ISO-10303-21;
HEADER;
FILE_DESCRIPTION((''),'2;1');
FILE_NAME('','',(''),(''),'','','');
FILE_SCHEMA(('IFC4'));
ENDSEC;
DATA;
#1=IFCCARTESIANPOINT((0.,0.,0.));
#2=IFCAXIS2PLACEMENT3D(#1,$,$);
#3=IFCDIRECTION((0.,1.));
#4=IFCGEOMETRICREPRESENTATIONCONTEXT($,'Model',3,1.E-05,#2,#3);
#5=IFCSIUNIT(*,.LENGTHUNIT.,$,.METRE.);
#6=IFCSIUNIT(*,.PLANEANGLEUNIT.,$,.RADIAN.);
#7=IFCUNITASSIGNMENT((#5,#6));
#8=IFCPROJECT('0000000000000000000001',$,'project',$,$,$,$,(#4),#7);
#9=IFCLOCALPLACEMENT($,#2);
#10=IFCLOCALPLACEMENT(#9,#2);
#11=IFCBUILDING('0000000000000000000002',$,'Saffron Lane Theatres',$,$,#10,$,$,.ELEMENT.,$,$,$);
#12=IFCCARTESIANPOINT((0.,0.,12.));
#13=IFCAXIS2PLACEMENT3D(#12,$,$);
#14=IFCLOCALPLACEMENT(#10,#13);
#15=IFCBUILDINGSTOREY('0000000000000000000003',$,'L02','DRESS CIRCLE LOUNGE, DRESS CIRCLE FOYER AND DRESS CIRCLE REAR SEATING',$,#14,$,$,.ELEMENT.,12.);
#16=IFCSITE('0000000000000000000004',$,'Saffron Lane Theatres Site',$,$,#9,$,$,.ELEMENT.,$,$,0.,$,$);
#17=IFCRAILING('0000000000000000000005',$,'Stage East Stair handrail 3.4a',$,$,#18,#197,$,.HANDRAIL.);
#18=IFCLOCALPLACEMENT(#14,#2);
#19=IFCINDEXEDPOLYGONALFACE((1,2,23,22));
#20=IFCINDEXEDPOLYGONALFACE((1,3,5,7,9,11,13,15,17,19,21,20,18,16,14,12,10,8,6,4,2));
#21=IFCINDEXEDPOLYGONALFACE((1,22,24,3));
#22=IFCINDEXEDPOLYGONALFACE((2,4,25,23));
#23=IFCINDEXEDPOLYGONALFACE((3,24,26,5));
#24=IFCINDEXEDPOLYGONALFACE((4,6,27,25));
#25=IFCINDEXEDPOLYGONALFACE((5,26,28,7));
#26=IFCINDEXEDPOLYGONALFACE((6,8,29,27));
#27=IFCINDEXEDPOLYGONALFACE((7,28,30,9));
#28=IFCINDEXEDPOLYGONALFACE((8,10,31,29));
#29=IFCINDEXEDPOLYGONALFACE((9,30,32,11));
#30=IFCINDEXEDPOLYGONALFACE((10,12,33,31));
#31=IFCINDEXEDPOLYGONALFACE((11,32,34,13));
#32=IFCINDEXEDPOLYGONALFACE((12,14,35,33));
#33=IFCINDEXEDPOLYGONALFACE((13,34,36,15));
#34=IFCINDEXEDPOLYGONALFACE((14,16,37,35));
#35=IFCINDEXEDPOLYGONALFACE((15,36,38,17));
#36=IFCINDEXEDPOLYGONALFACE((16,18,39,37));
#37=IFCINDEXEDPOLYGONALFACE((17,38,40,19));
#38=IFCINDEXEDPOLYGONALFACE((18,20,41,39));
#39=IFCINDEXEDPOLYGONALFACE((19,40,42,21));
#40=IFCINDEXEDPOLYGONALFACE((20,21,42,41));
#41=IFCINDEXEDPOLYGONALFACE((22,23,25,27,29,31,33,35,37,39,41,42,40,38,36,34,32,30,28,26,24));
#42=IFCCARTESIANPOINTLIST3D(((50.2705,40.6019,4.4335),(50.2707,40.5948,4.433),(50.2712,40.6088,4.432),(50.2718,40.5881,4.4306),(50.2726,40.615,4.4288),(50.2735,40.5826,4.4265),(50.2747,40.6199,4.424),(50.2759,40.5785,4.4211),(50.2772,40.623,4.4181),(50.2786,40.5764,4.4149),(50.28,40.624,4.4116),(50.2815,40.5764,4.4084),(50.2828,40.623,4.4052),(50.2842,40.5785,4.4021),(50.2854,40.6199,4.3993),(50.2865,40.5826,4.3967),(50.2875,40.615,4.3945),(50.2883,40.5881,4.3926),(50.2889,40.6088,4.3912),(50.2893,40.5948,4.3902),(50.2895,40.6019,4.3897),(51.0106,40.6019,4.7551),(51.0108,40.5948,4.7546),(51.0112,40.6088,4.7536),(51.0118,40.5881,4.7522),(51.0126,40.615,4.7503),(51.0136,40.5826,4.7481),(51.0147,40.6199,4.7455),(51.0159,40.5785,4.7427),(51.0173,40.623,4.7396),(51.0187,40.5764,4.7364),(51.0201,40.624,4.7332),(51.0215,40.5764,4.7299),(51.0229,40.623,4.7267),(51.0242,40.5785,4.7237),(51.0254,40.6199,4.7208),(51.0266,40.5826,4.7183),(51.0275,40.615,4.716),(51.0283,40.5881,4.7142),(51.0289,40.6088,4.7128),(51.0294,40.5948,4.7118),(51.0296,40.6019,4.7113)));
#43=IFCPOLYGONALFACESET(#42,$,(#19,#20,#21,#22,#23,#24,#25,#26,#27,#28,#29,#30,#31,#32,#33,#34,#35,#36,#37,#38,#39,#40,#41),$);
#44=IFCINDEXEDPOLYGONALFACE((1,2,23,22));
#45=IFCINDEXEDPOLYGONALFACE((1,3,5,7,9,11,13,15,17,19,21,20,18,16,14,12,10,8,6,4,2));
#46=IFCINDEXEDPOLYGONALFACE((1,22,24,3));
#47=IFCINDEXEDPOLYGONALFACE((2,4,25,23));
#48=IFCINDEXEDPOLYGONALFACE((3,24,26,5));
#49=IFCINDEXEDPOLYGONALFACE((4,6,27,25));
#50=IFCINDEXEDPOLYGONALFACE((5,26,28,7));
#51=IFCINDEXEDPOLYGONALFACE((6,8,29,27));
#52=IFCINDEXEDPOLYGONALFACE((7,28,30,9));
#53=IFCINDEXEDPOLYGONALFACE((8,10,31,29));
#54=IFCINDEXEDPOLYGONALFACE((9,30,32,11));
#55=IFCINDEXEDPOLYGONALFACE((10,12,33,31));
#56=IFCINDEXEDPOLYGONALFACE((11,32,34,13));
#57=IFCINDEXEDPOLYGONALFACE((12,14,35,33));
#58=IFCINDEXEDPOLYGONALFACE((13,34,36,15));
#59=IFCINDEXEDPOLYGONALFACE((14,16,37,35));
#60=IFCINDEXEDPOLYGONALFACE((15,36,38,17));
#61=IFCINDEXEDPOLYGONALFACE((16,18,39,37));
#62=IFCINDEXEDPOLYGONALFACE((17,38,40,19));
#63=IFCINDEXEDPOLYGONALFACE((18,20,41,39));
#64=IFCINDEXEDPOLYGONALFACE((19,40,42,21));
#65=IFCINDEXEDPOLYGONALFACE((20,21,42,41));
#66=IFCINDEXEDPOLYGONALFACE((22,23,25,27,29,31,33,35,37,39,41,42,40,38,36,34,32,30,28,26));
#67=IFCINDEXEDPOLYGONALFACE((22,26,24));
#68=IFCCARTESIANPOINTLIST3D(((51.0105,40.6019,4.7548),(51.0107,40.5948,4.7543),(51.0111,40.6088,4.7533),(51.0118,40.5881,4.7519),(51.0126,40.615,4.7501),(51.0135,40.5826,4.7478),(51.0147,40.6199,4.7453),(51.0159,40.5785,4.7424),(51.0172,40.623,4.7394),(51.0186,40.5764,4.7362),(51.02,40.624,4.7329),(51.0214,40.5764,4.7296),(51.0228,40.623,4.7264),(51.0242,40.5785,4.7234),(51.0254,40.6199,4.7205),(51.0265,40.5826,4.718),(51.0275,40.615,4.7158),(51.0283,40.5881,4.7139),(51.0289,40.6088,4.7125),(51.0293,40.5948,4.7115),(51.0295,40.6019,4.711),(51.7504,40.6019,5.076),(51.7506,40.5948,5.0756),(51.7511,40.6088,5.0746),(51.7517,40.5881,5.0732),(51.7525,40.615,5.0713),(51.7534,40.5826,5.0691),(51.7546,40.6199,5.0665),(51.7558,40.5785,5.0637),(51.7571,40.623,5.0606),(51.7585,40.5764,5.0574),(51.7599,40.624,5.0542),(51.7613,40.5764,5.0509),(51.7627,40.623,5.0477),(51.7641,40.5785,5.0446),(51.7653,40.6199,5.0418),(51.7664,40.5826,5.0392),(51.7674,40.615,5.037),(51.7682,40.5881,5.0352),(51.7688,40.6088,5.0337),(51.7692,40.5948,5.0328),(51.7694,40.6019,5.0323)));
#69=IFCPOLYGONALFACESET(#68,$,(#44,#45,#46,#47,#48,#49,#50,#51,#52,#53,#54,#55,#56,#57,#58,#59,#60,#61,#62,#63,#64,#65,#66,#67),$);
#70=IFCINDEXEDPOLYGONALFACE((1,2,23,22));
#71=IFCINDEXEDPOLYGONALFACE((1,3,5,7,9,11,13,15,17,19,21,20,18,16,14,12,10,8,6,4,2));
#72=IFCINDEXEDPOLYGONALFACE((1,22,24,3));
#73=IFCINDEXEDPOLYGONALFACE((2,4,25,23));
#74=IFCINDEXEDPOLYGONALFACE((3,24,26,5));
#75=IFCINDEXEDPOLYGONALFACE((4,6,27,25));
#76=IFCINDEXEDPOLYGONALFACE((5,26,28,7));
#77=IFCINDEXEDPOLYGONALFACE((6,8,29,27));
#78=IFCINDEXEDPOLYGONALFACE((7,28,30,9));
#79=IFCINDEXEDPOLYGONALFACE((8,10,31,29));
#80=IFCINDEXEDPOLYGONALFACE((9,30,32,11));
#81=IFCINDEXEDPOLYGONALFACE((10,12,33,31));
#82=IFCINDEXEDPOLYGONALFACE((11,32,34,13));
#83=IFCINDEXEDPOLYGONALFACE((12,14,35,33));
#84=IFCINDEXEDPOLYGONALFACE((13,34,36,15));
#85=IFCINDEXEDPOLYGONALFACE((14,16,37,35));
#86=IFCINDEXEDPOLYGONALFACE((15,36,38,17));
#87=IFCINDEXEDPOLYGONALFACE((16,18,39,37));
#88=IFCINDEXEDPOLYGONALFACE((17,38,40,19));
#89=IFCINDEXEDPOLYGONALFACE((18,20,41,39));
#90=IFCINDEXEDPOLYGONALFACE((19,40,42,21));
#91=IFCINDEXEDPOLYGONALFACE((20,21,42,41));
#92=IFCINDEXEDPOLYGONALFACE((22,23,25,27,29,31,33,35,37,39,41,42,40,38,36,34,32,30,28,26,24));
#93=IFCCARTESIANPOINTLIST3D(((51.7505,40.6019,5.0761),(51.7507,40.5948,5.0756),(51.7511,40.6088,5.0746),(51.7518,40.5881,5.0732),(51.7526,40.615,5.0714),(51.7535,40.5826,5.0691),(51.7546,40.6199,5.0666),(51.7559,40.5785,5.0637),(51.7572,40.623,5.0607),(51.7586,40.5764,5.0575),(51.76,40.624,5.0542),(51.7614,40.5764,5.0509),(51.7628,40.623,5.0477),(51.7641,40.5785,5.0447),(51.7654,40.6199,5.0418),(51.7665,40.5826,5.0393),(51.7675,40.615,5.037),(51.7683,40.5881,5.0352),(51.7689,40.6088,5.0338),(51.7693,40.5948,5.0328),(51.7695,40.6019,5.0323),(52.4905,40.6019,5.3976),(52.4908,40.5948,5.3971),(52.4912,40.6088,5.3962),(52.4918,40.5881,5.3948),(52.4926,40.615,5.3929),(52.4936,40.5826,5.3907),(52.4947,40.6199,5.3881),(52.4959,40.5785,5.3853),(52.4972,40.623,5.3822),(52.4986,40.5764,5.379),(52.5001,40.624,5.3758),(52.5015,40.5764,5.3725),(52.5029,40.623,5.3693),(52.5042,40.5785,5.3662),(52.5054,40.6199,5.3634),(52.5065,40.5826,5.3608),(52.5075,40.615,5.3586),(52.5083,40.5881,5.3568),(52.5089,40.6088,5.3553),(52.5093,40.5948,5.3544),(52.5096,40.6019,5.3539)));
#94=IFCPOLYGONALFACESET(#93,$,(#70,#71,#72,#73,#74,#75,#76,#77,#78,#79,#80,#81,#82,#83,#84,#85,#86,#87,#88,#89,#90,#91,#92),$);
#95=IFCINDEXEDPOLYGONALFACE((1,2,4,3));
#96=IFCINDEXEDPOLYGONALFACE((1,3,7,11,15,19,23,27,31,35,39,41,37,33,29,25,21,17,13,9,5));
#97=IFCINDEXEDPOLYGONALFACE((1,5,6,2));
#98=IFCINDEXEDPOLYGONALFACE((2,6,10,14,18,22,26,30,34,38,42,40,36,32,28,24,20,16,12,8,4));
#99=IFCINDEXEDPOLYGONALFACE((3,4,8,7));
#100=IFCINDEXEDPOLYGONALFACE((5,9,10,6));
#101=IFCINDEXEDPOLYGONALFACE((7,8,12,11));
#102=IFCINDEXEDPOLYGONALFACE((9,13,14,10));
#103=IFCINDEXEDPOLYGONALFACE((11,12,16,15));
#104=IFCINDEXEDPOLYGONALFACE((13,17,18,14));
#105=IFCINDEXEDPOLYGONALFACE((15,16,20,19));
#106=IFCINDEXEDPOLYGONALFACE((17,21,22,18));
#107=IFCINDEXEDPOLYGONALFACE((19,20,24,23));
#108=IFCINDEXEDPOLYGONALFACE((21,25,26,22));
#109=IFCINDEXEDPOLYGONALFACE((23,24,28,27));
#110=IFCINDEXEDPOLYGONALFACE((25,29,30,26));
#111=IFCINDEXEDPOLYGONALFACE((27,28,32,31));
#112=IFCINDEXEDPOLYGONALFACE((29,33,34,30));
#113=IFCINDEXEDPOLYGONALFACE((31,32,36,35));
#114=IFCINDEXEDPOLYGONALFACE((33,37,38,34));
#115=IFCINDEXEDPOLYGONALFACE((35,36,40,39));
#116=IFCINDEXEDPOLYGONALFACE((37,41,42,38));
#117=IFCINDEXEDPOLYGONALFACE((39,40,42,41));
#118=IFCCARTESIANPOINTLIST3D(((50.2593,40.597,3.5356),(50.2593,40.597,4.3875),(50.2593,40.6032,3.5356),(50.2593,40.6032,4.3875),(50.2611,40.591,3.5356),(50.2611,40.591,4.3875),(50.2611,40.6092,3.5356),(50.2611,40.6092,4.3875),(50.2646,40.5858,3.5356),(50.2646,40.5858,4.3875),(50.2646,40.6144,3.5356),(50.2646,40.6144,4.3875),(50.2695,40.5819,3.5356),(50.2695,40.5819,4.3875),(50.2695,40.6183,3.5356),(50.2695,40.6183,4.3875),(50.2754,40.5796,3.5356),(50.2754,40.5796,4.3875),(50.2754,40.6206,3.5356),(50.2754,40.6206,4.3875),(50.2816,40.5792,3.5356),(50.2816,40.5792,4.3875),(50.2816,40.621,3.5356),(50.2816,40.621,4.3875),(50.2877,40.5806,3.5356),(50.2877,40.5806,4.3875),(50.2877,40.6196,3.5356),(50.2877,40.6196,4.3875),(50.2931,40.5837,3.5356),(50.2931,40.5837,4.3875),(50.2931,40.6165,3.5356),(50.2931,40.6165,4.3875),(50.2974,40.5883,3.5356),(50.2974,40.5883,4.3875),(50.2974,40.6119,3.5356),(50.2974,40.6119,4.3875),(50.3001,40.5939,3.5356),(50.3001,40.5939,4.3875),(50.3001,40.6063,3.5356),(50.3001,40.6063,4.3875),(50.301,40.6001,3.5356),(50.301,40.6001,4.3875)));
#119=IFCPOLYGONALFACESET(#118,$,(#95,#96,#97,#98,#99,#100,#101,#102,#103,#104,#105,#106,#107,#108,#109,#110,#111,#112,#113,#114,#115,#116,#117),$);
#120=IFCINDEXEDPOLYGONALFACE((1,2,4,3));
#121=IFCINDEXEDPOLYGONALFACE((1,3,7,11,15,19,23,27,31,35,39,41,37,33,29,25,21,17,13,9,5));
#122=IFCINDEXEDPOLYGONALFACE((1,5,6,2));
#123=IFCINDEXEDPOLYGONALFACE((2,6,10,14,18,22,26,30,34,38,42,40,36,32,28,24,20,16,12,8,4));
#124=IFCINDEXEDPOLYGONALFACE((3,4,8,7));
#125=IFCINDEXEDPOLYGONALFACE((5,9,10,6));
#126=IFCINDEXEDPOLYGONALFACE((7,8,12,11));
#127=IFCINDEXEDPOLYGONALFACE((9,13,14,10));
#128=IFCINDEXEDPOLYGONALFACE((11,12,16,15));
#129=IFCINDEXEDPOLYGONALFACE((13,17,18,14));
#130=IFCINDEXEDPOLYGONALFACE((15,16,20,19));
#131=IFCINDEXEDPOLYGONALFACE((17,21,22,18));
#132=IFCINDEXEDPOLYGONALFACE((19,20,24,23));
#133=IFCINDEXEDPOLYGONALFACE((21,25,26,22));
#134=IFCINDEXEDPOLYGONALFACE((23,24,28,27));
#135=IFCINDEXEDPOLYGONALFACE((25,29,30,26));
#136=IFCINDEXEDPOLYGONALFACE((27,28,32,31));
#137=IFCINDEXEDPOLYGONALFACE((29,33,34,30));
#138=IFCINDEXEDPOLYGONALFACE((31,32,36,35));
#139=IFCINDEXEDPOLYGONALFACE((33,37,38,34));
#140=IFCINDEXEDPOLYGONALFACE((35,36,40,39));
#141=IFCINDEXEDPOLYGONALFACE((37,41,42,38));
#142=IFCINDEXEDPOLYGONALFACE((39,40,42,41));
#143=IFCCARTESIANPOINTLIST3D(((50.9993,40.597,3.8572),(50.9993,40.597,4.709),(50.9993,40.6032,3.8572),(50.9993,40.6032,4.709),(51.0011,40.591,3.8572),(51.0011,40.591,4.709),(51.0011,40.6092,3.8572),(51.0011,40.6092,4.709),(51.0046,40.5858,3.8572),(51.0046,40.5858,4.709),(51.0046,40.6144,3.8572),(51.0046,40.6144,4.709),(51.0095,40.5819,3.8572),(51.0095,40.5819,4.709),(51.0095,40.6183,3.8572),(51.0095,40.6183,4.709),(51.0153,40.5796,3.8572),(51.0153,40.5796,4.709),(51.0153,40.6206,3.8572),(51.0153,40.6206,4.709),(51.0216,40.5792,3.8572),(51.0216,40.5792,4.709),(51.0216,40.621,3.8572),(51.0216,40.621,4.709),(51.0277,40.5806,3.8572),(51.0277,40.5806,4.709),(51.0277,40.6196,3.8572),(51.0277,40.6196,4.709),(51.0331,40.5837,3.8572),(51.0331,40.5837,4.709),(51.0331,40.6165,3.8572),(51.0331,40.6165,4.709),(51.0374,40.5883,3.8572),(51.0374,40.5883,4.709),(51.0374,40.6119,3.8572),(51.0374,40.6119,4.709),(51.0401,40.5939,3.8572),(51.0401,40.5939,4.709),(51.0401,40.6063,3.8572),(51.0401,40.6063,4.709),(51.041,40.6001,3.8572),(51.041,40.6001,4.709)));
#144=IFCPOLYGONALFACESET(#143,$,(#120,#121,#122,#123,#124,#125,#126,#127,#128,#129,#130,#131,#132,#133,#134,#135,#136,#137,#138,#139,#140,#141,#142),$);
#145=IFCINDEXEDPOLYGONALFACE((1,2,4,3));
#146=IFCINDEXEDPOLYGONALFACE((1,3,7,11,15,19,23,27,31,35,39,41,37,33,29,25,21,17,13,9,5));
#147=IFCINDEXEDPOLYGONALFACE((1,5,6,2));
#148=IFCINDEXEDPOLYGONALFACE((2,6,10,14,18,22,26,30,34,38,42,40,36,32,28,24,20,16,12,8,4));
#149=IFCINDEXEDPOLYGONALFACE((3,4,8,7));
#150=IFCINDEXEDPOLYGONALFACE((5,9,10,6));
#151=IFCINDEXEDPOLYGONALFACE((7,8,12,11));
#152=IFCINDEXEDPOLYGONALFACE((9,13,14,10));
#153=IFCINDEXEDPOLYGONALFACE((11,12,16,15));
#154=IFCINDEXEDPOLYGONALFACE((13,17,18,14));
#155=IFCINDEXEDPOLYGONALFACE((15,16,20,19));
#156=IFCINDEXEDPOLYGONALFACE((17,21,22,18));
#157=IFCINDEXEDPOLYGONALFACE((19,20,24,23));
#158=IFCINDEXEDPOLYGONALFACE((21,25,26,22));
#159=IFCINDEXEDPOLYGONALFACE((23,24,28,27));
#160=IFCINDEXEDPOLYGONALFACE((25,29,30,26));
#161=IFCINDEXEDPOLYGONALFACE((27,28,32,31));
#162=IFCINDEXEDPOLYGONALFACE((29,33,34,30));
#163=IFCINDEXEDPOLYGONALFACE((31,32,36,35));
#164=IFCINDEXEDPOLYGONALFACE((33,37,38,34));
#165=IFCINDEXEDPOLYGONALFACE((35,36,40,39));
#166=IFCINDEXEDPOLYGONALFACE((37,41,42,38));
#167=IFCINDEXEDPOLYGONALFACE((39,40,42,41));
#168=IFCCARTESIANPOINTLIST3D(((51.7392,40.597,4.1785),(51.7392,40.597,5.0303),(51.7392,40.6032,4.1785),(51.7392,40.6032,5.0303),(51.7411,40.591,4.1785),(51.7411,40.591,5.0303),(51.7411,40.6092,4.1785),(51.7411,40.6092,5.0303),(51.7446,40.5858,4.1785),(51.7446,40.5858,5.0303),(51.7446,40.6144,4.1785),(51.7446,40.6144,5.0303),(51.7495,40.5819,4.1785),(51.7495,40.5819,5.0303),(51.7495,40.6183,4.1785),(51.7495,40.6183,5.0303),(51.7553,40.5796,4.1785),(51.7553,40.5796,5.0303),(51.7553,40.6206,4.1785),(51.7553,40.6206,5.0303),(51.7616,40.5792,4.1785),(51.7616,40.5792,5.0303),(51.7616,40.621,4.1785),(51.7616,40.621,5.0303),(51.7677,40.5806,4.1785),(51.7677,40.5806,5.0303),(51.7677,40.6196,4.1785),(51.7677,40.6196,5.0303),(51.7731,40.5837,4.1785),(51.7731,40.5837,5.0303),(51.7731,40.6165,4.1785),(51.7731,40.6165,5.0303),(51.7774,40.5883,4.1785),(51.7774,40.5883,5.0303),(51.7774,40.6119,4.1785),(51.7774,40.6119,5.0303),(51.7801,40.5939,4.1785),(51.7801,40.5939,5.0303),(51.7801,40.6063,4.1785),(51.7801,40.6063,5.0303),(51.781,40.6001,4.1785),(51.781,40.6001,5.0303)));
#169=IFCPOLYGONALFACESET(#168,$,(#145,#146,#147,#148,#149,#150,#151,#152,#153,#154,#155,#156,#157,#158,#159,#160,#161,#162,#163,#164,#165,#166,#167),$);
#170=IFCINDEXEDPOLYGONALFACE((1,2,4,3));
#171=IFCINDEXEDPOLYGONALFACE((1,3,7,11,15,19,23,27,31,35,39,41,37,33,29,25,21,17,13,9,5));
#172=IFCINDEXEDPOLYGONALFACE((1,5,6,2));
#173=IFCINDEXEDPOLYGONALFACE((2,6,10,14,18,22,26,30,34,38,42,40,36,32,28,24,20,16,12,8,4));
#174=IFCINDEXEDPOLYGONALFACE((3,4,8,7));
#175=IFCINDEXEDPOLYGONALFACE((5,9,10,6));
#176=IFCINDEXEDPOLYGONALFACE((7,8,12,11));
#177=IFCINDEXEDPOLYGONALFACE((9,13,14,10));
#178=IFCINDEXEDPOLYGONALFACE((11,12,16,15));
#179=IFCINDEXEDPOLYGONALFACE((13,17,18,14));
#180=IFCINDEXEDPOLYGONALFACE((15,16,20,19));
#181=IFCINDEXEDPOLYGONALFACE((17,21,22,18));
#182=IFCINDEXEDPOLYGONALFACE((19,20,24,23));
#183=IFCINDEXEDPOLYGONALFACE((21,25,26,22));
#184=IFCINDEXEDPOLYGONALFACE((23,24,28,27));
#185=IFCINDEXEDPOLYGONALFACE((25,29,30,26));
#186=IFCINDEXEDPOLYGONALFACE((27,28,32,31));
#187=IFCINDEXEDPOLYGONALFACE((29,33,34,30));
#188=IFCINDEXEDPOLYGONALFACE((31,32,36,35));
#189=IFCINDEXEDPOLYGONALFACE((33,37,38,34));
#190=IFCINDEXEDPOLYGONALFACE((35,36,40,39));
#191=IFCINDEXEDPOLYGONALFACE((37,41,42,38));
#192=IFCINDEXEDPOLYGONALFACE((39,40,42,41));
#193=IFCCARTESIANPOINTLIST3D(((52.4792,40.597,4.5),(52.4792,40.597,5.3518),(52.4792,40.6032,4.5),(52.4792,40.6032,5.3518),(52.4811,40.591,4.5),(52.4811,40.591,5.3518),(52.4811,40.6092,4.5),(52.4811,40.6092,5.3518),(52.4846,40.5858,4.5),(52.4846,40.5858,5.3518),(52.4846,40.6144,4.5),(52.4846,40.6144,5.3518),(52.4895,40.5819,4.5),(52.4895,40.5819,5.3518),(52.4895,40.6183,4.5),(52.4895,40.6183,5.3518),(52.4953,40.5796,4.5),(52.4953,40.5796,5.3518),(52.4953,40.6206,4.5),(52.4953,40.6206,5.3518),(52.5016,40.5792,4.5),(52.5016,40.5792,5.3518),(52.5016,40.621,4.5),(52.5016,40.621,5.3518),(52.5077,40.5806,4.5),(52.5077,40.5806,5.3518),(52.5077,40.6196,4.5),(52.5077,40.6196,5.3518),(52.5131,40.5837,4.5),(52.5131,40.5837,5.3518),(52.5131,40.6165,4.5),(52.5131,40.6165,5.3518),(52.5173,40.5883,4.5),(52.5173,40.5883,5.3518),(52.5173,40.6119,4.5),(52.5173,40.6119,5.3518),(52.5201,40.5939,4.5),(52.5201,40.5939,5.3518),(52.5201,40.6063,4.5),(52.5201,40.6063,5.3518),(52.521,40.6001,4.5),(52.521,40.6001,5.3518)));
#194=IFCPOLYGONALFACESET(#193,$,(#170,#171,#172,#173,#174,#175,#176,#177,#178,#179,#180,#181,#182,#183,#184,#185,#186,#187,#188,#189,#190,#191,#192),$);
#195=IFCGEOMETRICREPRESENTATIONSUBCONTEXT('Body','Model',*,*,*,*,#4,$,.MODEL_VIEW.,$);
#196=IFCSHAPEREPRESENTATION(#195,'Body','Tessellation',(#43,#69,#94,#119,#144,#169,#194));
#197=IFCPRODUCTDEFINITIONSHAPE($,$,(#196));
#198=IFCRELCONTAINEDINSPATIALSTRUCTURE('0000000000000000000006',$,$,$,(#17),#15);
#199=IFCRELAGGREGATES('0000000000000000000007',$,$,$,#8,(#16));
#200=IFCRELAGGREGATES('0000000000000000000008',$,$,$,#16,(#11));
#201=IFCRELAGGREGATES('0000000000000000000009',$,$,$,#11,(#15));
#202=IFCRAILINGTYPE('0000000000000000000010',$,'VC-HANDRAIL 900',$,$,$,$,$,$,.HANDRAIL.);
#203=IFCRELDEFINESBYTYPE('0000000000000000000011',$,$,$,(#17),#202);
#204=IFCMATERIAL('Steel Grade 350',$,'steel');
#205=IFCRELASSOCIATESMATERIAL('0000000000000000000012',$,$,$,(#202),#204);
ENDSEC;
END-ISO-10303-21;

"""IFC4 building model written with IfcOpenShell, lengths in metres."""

from ifc_helpers import new_model, si_unit, direction, frame, origin, origin_2d, place, context, subcontext, project, spatial, circle, extrude, material, type_object, element, save


model = new_model("IFC4")

# Units and contexts
model_context = context("Model", 3, precision=1e-05, world=origin(), true_north=direction((0.0, 1.0)))
body_context = subcontext(model_context, "Body", "Model", "MODEL_VIEW")
ifc_project = project(units=[si_unit("LENGTHUNIT", "METRE"), si_unit("PLANEANGLEUNIT", "RADIAN")], contexts=[model_context])

# Site, building, storey
site_placement = place(None, origin())
site = spatial("IfcSite", under=ifc_project, at=site_placement, Name="Saffron Lane Theatres Site", CompositionType="ELEMENT", RefElevation=0.0)
building_placement = place(site_placement, origin())
building = spatial("IfcBuilding", under=site, at=building_placement, Name="Saffron Lane Theatres", CompositionType="ELEMENT")
storey_placement = place(building_placement, frame((0.0, 0.0, 12.0)))
storey = spatial("IfcBuildingStorey", under=building, at=storey_placement, Name="L02", Description="DRESS CIRCLE LOUNGE, DRESS CIRCLE FOYER AND DRESS CIRCLE REAR SEATING", CompositionType="ELEMENT", Elevation=12.0)

# Railing
ifc_material_1 = material(Name="Steel Grade 350", Category="steel")
railing_type_1 = type_object("IfcRailingType", Name="VC-HANDRAIL 900", PredefinedType="HANDRAIL", material=ifc_material_1)
for number, where, name in (
    (1, (50.28, 40.6001, 3.5356), "Stage East Stair handrail 3.4a"),
):
    element("IfcRailing", number, at=place(storey_placement, frame(where)), inside=storey, type_object=railing_type_1, Name=name, PredefinedType="HANDRAIL", context=body_context, shape_type="SweptSolid", body=[
        extrude(circle(Radius=0.0239, at=origin_2d()), frame((0.0, 0.0, 0.876), z_axis=(0.917161, 0.0, 0.398516), x_axis=(0.0, 1.0, 0.0)), (0.0, 0.0, 1.0), 0.8069),
        extrude(circle(Radius=0.0239, at=origin_2d()), frame((0.74, 0.0, 1.1973), z_axis=(0.917272, 0.0, 0.398261), x_axis=(0.0, 1.0, 0.0)), (0.0, 0.0, 1.0), 0.8066),
        extrude(circle(Radius=0.0239, at=origin_2d()), frame((1.48, 0.0, 1.5186), z_axis=(0.917161, 0.0, 0.398516), x_axis=(0.0, 1.0, 0.0)), (0.0, 0.0, 1.0), 0.8069),
        extrude(circle(Radius=0.021, at=origin_2d()), origin(), (0.0, 0.0, 1.0), 0.8518),
        extrude(circle(Radius=0.021, at=origin_2d()), frame((0.74, 0.0, 0.3215)), (0.0, 0.0, 1.0), 0.8518),
        extrude(circle(Radius=0.021, at=origin_2d()), frame((1.48, 0.0, 0.6428)), (0.0, 0.0, 1.0), 0.8518),
        extrude(circle(Radius=0.021, at=origin_2d()), frame((2.22, 0.0, 0.9644)), (0.0, 0.0, 1.0), 0.8518),
    ])

save(model, "model.ifc")
